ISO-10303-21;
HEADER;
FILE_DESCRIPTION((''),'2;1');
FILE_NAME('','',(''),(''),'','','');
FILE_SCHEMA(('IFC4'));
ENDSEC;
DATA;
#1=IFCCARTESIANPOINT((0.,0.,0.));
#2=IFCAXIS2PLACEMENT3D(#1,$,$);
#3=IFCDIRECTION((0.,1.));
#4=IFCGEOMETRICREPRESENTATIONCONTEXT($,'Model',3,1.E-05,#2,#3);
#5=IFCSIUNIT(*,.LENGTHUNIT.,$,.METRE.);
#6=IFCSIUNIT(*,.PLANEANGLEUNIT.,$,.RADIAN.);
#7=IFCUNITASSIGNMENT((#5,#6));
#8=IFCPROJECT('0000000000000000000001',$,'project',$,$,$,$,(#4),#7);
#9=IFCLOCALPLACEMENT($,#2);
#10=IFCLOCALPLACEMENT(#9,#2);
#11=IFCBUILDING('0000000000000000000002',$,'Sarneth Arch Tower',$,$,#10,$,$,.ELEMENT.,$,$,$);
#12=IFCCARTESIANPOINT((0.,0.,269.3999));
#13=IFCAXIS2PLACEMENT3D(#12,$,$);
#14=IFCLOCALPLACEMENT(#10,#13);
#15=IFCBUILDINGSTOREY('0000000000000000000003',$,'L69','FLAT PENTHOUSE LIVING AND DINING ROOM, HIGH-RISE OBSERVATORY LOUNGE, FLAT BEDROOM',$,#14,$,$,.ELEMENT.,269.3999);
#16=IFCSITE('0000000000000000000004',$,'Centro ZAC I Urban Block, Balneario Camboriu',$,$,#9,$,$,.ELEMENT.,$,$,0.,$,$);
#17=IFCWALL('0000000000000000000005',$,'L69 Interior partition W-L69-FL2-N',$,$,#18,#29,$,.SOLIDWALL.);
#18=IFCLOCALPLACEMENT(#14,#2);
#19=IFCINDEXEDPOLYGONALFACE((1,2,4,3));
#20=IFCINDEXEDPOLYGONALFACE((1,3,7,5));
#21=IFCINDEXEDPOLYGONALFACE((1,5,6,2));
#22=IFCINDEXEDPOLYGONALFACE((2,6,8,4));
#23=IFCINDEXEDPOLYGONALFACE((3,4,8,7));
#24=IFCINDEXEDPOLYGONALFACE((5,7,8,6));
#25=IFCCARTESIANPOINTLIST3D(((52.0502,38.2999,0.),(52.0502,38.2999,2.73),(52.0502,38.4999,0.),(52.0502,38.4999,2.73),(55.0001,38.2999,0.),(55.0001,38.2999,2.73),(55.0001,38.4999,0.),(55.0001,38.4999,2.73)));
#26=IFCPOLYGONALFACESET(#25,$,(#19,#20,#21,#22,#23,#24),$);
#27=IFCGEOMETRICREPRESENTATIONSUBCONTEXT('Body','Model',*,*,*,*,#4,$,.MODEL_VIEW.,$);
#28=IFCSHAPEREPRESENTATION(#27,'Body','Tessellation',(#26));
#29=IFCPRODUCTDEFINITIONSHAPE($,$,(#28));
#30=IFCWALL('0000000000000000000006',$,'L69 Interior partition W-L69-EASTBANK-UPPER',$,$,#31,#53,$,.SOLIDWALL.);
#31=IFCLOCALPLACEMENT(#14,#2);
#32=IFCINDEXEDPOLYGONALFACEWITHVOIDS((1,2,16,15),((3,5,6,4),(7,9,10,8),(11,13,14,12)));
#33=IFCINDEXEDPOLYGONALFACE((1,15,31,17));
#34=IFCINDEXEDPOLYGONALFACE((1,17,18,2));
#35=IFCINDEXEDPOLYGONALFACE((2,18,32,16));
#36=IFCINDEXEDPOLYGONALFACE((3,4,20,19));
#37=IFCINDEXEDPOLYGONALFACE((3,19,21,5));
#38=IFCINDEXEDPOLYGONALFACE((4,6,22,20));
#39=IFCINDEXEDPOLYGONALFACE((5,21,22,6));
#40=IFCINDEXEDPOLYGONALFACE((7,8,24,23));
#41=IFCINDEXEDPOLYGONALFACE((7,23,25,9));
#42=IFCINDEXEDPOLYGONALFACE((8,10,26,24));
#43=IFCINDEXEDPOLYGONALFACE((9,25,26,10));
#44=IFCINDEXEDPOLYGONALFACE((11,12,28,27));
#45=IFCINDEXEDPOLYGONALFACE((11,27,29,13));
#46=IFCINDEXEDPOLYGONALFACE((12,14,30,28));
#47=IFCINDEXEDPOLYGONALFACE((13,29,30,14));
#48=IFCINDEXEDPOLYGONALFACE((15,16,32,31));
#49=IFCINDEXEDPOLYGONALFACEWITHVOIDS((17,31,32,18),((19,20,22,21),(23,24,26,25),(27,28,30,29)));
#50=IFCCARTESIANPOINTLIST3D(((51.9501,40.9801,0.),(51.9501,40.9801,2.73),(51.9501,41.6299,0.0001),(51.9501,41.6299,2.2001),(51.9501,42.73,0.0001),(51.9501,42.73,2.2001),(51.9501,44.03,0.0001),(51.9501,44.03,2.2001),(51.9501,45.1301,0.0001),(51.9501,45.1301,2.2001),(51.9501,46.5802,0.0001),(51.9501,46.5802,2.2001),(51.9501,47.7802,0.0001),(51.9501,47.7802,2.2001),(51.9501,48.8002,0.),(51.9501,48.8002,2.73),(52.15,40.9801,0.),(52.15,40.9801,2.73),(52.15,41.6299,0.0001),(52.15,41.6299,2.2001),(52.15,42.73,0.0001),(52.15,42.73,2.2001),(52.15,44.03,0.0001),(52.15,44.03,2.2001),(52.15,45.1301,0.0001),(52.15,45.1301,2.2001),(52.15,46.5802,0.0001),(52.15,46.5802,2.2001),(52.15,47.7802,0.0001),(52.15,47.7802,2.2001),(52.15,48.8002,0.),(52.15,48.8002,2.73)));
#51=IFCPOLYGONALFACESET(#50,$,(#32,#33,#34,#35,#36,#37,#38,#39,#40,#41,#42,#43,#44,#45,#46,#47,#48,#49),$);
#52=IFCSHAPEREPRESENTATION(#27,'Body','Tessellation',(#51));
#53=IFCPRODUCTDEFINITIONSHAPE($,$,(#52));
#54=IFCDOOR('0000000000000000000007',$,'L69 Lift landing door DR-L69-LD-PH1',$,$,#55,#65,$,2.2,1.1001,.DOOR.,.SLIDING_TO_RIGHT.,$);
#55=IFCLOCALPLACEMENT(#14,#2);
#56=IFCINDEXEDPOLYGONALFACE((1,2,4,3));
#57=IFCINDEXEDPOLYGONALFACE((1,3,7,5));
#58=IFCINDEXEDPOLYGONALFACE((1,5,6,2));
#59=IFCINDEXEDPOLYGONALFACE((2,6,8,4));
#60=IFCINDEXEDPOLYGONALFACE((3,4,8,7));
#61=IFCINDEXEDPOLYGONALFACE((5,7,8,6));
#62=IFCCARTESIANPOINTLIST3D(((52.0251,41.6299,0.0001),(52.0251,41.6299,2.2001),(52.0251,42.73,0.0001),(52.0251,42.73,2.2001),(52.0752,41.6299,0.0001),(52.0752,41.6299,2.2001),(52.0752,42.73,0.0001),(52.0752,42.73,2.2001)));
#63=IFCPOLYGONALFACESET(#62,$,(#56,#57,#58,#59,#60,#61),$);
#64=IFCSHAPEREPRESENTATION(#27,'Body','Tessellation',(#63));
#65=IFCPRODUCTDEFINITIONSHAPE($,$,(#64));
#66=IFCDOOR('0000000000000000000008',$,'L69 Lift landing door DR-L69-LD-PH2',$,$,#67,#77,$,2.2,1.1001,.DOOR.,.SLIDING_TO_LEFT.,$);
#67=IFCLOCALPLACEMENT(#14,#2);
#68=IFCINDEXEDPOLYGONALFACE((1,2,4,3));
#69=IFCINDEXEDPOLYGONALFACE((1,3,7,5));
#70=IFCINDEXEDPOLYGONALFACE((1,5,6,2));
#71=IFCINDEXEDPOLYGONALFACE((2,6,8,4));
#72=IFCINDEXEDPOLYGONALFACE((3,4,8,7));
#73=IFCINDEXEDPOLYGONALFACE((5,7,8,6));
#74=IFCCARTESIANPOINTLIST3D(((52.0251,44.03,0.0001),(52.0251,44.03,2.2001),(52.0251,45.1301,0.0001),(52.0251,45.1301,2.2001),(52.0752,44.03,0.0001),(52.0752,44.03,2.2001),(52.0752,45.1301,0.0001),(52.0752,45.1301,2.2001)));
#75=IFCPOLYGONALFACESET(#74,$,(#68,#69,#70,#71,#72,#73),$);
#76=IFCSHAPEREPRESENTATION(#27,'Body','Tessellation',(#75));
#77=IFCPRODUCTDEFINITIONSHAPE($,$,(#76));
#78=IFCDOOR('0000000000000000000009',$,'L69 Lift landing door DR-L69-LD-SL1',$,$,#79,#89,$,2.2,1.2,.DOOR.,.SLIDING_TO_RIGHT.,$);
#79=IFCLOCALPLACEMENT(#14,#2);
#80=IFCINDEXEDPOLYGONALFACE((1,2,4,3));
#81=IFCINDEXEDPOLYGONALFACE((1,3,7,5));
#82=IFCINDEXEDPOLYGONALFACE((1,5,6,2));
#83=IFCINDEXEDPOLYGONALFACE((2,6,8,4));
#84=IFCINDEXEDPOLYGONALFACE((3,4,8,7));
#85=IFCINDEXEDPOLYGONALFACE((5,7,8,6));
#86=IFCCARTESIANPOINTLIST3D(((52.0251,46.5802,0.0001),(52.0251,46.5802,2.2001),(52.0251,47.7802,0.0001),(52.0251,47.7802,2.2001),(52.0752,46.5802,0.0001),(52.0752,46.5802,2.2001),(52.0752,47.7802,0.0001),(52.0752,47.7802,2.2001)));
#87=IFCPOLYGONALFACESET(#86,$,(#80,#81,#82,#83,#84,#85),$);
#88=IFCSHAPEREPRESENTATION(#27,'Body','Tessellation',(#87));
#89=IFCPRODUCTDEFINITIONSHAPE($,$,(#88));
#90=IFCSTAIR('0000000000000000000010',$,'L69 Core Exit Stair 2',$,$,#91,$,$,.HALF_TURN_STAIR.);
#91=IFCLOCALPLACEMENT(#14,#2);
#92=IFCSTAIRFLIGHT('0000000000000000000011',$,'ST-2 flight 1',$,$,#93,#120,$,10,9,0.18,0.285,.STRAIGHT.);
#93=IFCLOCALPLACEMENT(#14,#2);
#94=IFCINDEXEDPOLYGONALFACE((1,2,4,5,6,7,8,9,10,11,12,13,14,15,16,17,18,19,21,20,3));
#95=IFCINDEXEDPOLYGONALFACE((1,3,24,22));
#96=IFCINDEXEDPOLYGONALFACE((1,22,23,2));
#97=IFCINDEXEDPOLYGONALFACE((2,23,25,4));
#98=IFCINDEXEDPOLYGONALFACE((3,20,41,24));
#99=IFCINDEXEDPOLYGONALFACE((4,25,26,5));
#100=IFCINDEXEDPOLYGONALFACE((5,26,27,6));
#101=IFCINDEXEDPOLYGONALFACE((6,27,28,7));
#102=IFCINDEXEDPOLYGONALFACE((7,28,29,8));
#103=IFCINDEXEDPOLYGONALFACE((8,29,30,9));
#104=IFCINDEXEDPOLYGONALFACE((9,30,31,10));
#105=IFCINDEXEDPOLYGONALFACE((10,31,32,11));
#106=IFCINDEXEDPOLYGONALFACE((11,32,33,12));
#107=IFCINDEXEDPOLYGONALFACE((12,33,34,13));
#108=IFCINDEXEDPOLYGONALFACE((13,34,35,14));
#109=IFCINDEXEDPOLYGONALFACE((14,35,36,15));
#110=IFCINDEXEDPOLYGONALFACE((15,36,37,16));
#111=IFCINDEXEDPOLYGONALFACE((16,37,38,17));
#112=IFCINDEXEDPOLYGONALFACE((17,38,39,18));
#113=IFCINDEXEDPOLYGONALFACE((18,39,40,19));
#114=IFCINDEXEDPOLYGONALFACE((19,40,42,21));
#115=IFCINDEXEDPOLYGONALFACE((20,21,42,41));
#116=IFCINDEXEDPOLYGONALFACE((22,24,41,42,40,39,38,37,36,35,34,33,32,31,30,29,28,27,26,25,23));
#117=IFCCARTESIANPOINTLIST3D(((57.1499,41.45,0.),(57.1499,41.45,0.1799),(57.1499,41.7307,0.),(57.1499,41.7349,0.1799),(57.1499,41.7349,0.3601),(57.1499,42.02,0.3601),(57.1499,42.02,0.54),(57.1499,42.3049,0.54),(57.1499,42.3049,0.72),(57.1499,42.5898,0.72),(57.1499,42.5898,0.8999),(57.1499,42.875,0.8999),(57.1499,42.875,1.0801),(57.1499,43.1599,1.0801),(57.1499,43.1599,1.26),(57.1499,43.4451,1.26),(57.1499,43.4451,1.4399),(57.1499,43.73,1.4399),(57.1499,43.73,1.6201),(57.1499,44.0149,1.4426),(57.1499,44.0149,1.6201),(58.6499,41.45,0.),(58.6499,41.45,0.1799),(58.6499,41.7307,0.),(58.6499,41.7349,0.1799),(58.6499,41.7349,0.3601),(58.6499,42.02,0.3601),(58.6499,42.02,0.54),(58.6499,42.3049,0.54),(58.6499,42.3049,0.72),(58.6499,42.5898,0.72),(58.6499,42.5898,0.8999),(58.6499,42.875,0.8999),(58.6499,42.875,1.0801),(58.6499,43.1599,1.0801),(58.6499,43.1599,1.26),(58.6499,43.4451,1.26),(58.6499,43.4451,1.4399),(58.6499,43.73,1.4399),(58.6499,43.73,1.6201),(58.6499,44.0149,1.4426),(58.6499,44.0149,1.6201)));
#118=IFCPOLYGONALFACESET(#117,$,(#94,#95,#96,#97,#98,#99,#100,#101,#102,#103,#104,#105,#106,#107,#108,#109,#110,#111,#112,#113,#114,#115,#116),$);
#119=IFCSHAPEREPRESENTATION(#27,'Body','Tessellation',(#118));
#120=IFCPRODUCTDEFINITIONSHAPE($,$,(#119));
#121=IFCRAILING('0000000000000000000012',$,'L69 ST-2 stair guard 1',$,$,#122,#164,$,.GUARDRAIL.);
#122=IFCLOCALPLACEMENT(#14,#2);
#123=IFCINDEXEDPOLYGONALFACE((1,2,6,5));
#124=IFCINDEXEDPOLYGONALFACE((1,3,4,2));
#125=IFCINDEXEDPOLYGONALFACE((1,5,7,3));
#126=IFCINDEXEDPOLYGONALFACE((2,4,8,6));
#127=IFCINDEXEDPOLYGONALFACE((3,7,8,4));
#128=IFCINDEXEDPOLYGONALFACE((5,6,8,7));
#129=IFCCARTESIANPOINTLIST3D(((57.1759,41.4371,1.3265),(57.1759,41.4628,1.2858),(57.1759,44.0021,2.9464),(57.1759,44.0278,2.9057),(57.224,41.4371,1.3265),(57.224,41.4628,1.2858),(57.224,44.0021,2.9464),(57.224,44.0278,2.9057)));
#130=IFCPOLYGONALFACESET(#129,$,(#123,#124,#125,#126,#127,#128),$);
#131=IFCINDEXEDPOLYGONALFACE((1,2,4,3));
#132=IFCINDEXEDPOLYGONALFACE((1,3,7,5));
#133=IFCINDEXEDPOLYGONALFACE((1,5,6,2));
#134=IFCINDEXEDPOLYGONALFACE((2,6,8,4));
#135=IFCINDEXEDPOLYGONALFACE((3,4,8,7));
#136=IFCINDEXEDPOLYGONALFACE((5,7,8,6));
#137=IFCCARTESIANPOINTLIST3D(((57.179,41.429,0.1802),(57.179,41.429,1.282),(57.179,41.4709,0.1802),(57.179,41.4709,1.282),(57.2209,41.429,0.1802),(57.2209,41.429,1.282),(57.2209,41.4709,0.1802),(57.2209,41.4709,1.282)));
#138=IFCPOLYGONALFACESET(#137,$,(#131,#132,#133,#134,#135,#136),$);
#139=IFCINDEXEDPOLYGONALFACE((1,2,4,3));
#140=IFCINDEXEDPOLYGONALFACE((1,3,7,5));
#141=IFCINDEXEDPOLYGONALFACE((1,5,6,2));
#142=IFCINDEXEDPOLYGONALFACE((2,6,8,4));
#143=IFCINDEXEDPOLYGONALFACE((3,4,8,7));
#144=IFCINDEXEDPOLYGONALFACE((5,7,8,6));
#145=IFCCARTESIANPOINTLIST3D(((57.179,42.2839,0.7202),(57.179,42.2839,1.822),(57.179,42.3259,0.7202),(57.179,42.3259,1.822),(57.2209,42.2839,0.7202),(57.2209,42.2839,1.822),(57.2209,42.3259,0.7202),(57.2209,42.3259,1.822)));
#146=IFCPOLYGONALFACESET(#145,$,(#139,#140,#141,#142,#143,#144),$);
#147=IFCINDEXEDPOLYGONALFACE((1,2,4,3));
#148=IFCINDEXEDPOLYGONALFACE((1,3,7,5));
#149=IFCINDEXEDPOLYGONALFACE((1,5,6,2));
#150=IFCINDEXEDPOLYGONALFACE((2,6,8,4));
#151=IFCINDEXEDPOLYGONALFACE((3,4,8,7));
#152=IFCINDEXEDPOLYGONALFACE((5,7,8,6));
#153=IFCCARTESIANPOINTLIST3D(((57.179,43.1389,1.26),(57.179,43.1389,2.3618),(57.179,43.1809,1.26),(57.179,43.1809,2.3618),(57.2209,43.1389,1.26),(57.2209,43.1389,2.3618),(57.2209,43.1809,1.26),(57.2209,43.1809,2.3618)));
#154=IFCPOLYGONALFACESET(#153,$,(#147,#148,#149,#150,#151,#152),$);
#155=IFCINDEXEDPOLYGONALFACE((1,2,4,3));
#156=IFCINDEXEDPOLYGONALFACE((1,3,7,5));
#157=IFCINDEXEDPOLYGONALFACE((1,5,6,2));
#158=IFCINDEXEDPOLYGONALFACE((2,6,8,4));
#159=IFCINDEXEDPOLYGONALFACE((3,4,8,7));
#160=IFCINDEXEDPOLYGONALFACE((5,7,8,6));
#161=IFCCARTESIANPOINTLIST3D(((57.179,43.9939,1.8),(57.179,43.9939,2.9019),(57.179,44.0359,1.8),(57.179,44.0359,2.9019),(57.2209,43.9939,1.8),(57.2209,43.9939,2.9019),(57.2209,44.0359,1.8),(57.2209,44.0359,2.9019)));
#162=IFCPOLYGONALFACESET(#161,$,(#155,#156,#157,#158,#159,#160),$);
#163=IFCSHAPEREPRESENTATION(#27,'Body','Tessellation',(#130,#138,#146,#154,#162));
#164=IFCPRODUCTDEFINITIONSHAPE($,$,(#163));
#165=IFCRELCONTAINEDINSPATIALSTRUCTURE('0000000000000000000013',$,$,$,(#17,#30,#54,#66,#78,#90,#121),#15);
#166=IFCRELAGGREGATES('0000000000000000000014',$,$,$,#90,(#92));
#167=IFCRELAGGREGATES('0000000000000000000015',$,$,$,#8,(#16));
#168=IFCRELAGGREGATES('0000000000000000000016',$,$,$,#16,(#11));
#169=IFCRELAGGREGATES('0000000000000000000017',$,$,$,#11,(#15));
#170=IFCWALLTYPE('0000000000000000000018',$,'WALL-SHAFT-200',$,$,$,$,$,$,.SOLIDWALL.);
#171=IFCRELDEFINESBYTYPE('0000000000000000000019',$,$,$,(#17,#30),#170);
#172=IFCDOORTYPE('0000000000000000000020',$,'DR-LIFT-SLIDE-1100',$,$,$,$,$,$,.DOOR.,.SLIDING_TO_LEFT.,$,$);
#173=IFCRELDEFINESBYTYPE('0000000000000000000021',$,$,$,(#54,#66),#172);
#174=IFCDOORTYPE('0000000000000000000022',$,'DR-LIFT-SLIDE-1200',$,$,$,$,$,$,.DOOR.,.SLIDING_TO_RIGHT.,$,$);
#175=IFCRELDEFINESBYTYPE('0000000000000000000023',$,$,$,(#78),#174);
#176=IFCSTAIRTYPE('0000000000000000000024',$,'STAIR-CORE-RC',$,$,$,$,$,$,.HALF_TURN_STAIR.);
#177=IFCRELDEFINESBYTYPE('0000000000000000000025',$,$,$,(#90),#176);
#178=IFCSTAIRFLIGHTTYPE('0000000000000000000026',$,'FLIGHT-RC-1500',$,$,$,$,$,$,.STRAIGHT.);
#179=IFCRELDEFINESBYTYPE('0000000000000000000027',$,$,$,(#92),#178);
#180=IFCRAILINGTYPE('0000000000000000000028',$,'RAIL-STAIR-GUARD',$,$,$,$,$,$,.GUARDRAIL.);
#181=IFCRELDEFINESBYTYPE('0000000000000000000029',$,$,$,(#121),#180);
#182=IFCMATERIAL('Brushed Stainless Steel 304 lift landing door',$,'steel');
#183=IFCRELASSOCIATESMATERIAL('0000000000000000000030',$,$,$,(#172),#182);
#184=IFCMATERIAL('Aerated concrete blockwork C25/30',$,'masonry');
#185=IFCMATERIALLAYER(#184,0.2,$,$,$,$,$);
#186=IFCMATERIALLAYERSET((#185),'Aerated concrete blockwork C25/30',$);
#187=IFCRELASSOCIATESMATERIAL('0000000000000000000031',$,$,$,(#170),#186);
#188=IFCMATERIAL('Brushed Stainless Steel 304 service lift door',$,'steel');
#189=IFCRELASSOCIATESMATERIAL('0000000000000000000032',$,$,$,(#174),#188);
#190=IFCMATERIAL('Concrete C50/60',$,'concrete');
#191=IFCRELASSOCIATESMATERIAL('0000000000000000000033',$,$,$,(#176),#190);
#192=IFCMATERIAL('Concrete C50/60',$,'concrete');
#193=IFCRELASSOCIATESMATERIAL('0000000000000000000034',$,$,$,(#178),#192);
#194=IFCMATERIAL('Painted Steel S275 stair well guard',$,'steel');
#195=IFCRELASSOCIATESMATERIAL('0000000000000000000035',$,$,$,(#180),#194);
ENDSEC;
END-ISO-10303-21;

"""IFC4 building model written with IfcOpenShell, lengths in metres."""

from ifc_helpers import new_model, si_unit, direction, frame, frame_2d, origin, origin_2d, place, context, subcontext, project, spatial, polyline, rectangle, outline, extrude, material, layer, layer_set, type_object, element, fill, aggregate, save


model = new_model("IFC4")

# Units and contexts
model_context = context("Model", 3, precision=1e-05, world=origin(), true_north=direction((0.0, 1.0)))
body_context = subcontext(model_context, "Body", "Model", "MODEL_VIEW")
ifc_project = project(units=[si_unit("LENGTHUNIT", "METRE"), si_unit("PLANEANGLEUNIT", "RADIAN")], contexts=[model_context])

# Site, building, storey
site_placement = place(None, origin())
site = spatial("IfcSite", under=ifc_project, at=site_placement, Name="Centro ZAC I Urban Block, Balneario Camboriu", CompositionType="ELEMENT", RefElevation=0.0)
building_placement = place(site_placement, origin())
building = spatial("IfcBuilding", under=site, at=building_placement, Name="Sarneth Arch Tower", CompositionType="ELEMENT")
storey_placement = place(building_placement, frame((0.0, 0.0, 269.3999)))
storey = spatial("IfcBuildingStorey", under=building, at=storey_placement, Name="L69", Description="FLAT PENTHOUSE LIVING AND DINING ROOM, HIGH-RISE OBSERVATORY LOUNGE, FLAT BEDROOM", CompositionType="ELEMENT", Elevation=269.3999)

# Shared definitions
ifc_material_1 = material(Name="Brushed Stainless Steel 304 lift landing door", Category="steel")
door_type_1 = type_object("IfcDoorType", Name="DR-LIFT-SLIDE-1100", OperationType="SLIDING_TO_LEFT", PredefinedType="DOOR", material=ifc_material_1)

# Shared definitions
ifc_material_2 = material(Name="Aerated concrete blockwork C25/30", Category="masonry")
ifc_layer_1 = layer(ifc_material_2, 0.2)
ifc_layer_set_1 = layer_set([ifc_layer_1], Name="Aerated concrete blockwork C25/30")
wall_type_1 = type_object("IfcWallType", Name="WALL-SHAFT-200", PredefinedType="SOLIDWALL", material=ifc_layer_set_1)

# Wall
wall_1_placement = place(storey_placement, frame((52.05, 38.3999, 0.0), z_axis=(0.0, 0.0, 1.0), x_axis=(1.0, 0.0, 0.0)))
element("IfcWall", 1, at=wall_1_placement, inside=storey, type_object=wall_type_1, Name="L69 Interior partition W-L69-FL2-N", PredefinedType="SOLIDWALL", context=body_context, shape_type="SweptSolid", body=[
    extrude(rectangle(XDim=2.95, YDim=0.2, at=frame_2d((1.4751, 0.0))), origin(), (0.0, 0.0, 1.0), 2.73),
])

# Wall, openings, doors
wall_2_placement = place(storey_placement, frame((52.05, 40.98, 0.0), z_axis=(0.0, 0.0, 1.0), x_axis=(0.0, 1.0, 0.0)))
wall_2 = element("IfcWall", 2, at=wall_2_placement, inside=storey, type_object=wall_type_1, Name="L69 Interior partition W-L69-EASTBANK-UPPER", PredefinedType="SOLIDWALL", context=body_context, shape_type="SweptSolid", body=[
    extrude(rectangle(XDim=7.8201, YDim=0.2, at=frame_2d((3.9102, 0.0))), origin(), (0.0, 0.0, 1.0), 2.73),
])
opening_1_placement = place(wall_2_placement, frame((0.6499, 0.0, 0.0)))
opening_1 = element("IfcOpeningElement", 3, at=opening_1_placement, cuts=wall_2, PredefinedType="OPENING", context=body_context, shape_type="SweptSolid", body=[
    extrude(rectangle(XDim=1.1001, YDim=2.2, at=frame_2d((0.55, 1.1001))), frame((0.0, 0.1099, 0.0), z_axis=(0.0, -1.0, 0.0), x_axis=(1.0, 0.0, 0.0)), (0.0, 0.0, 1.0), 0.22),
])
opening_2_placement = place(wall_2_placement, frame((3.05, 0.0, 0.0)))
opening_2 = element("IfcOpeningElement", 4, at=opening_2_placement, cuts=wall_2, PredefinedType="OPENING", context=body_context, shape_type="SweptSolid", body=[
    extrude(rectangle(XDim=1.1001, YDim=2.2, at=frame_2d((0.55, 1.1001))), frame((0.0, 0.1099, 0.0), z_axis=(0.0, -1.0, 0.0), x_axis=(1.0, 0.0, 0.0)), (0.0, 0.0, 1.0), 0.22),
])
opening_3_placement = place(wall_2_placement, frame((5.6001, 0.0, 0.0)))
opening_3 = element("IfcOpeningElement", 5, at=opening_3_placement, cuts=wall_2, PredefinedType="OPENING", context=body_context, shape_type="SweptSolid", body=[
    extrude(rectangle(XDim=1.2, YDim=2.2, at=frame_2d((0.6001, 1.1001))), frame((0.0, 0.1099, 0.0), z_axis=(0.0, -1.0, 0.0), x_axis=(1.0, 0.0, 0.0)), (0.0, 0.0, 1.0), 0.22),
])
door_1_placement = place(opening_1_placement, origin())
door_1 = element("IfcDoor", 6, at=door_1_placement, inside=storey, type_object=door_type_1, Name="L69 Lift landing door DR-L69-LD-PH1", OperationType="SLIDING_TO_RIGHT", OverallHeight=2.2, OverallWidth=1.1001, PredefinedType="DOOR", context=body_context, shape_type="SweptSolid", body=[
    extrude(rectangle(XDim=1.1001, YDim=2.2, at=frame_2d((0.55, 1.1001))), frame((0.0, 0.0249, 0.0), z_axis=(0.0, -1.0, 0.0), x_axis=(1.0, 0.0, 0.0)), (0.0, 0.0, 1.0), 0.05),
])
fill(opening_1, door_1)
door_2_placement = place(opening_2_placement, origin())
door_2 = element("IfcDoor", 7, at=door_2_placement, inside=storey, type_object=door_type_1, Name="L69 Lift landing door DR-L69-LD-PH2", OperationType="SLIDING_TO_LEFT", OverallHeight=2.2, OverallWidth=1.1001, PredefinedType="DOOR", context=body_context, shape_type="SweptSolid", body=[
    extrude(rectangle(XDim=1.1001, YDim=2.2, at=frame_2d((0.55, 1.1001))), frame((0.0, 0.0249, 0.0), z_axis=(0.0, -1.0, 0.0), x_axis=(1.0, 0.0, 0.0)), (0.0, 0.0, 1.0), 0.05),
])
fill(opening_2, door_2)
ifc_material_3 = material(Name="Brushed Stainless Steel 304 service lift door", Category="steel")
door_type_2 = type_object("IfcDoorType", Name="DR-LIFT-SLIDE-1200", OperationType="SLIDING_TO_RIGHT", PredefinedType="DOOR", material=ifc_material_3)
door_3_placement = place(opening_3_placement, origin())
door_3 = element("IfcDoor", 8, at=door_3_placement, inside=storey, type_object=door_type_2, Name="L69 Lift landing door DR-L69-LD-SL1", OperationType="SLIDING_TO_RIGHT", OverallHeight=2.2, OverallWidth=1.2, PredefinedType="DOOR", context=body_context, shape_type="SweptSolid", body=[
    extrude(rectangle(XDim=1.2, YDim=2.2, at=frame_2d((0.6001, 1.1001))), frame((0.0, 0.0249, 0.0), z_axis=(0.0, -1.0, 0.0), x_axis=(1.0, 0.0, 0.0)), (0.0, 0.0, 1.0), 0.05),
])
fill(opening_3, door_3)

# Stair, stair flight
ifc_material_4 = material(Name="Concrete C50/60", Category="concrete")
stair_type = type_object("IfcStairType", Name="STAIR-CORE-RC", PredefinedType="HALF_TURN_STAIR", material=ifc_material_4)
stair_placement = place(storey_placement, origin())
stair = element("IfcStair", 9, at=stair_placement, inside=storey, type_object=stair_type, Name="L69 Core Exit Stair 2", PredefinedType="HALF_TURN_STAIR")
ifc_material_5 = material(Name="Concrete C50/60", Category="concrete")
stair_flight_type = type_object("IfcStairFlightType", Name="FLIGHT-RC-1500", PredefinedType="STRAIGHT", material=ifc_material_5)
stair_flight_placement = place(storey_placement, frame((57.8999, 41.45, 0.0), z_axis=(0.0, 0.0, 1.0), x_axis=(0.0, 1.0, 0.0)))
stair_flight = element("IfcStairFlight", 10, at=stair_flight_placement, type_object=stair_flight_type, Name="ST-2 flight 1", NumberOfRisers=10, NumberOfTreads=9, PredefinedType="STRAIGHT", RiserHeight=0.18, TreadLength=0.285, context=body_context, shape_type="SweptSolid", body=[
    extrude(outline(polyline([(0.0, 0.0), (0.0, 0.1799), (0.2849, 0.1799), (0.2849, 0.3601), (0.5701, 0.3601), (0.5701, 0.54), (0.855, 0.54), (0.855, 0.72), (1.1399, 0.72), (1.1399, 0.8999), (1.425, 0.8999), (1.425, 1.0801), (1.71, 1.0801), (1.71, 1.26), (1.9951, 1.26), (1.9951, 1.4399), (2.28, 1.4399), (2.28, 1.6201), (2.5649, 1.6201), (2.5649, 1.8), (2.5649, 1.4426), (0.2808, 0.0), (0.0, 0.0)])), frame((0.0, 0.75, 0.0), z_axis=(0.0, -1.0, 0.0), x_axis=(1.0, 0.0, 0.0)), (0.0, 0.0, 1.0), 1.5),
])
aggregate(stair, [stair_flight])

# Railing
ifc_material_6 = material(Name="Painted Steel S275 stair well guard", Category="steel")
railing_type = type_object("IfcRailingType", Name="RAIL-STAIR-GUARD", PredefinedType="GUARDRAIL", material=ifc_material_6)
railing_1_placement = place(storey_placement, frame((57.2, 41.45, 0.1802)))
element("IfcRailing", 11, at=railing_1_placement, inside=storey, type_object=railing_type, Name="L69 ST-2 stair guard 1", PredefinedType="GUARDRAIL", context=body_context, shape_type="SweptSolid", body=[
    extrude(rectangle(XDim=0.0481, YDim=0.0481, at=origin_2d()), frame((0.0, 0.0, 1.126), z_axis=(0.0, 0.845502, 0.533972), x_axis=(-1.0, 0.0, 0.0)), (0.0, 0.0, 1.0), 3.0337),
    extrude(rectangle(XDim=0.042, YDim=0.042, at=origin_2d()), origin(), (0.0, 0.0, 1.0), 1.1018),
    extrude(rectangle(XDim=0.042, YDim=0.042, at=origin_2d()), frame((0.0, 0.855, 0.54)), (0.0, 0.0, 1.0), 1.1018),
    extrude(rectangle(XDim=0.042, YDim=0.042, at=origin_2d()), frame((0.0, 1.71, 1.0798)), (0.0, 0.0, 1.0), 1.1018),
    extrude(rectangle(XDim=0.042, YDim=0.042, at=origin_2d()), frame((0.0, 2.5649, 1.6199)), (0.0, 0.0, 1.0), 1.1018),
])

save(model, "model.ifc")
